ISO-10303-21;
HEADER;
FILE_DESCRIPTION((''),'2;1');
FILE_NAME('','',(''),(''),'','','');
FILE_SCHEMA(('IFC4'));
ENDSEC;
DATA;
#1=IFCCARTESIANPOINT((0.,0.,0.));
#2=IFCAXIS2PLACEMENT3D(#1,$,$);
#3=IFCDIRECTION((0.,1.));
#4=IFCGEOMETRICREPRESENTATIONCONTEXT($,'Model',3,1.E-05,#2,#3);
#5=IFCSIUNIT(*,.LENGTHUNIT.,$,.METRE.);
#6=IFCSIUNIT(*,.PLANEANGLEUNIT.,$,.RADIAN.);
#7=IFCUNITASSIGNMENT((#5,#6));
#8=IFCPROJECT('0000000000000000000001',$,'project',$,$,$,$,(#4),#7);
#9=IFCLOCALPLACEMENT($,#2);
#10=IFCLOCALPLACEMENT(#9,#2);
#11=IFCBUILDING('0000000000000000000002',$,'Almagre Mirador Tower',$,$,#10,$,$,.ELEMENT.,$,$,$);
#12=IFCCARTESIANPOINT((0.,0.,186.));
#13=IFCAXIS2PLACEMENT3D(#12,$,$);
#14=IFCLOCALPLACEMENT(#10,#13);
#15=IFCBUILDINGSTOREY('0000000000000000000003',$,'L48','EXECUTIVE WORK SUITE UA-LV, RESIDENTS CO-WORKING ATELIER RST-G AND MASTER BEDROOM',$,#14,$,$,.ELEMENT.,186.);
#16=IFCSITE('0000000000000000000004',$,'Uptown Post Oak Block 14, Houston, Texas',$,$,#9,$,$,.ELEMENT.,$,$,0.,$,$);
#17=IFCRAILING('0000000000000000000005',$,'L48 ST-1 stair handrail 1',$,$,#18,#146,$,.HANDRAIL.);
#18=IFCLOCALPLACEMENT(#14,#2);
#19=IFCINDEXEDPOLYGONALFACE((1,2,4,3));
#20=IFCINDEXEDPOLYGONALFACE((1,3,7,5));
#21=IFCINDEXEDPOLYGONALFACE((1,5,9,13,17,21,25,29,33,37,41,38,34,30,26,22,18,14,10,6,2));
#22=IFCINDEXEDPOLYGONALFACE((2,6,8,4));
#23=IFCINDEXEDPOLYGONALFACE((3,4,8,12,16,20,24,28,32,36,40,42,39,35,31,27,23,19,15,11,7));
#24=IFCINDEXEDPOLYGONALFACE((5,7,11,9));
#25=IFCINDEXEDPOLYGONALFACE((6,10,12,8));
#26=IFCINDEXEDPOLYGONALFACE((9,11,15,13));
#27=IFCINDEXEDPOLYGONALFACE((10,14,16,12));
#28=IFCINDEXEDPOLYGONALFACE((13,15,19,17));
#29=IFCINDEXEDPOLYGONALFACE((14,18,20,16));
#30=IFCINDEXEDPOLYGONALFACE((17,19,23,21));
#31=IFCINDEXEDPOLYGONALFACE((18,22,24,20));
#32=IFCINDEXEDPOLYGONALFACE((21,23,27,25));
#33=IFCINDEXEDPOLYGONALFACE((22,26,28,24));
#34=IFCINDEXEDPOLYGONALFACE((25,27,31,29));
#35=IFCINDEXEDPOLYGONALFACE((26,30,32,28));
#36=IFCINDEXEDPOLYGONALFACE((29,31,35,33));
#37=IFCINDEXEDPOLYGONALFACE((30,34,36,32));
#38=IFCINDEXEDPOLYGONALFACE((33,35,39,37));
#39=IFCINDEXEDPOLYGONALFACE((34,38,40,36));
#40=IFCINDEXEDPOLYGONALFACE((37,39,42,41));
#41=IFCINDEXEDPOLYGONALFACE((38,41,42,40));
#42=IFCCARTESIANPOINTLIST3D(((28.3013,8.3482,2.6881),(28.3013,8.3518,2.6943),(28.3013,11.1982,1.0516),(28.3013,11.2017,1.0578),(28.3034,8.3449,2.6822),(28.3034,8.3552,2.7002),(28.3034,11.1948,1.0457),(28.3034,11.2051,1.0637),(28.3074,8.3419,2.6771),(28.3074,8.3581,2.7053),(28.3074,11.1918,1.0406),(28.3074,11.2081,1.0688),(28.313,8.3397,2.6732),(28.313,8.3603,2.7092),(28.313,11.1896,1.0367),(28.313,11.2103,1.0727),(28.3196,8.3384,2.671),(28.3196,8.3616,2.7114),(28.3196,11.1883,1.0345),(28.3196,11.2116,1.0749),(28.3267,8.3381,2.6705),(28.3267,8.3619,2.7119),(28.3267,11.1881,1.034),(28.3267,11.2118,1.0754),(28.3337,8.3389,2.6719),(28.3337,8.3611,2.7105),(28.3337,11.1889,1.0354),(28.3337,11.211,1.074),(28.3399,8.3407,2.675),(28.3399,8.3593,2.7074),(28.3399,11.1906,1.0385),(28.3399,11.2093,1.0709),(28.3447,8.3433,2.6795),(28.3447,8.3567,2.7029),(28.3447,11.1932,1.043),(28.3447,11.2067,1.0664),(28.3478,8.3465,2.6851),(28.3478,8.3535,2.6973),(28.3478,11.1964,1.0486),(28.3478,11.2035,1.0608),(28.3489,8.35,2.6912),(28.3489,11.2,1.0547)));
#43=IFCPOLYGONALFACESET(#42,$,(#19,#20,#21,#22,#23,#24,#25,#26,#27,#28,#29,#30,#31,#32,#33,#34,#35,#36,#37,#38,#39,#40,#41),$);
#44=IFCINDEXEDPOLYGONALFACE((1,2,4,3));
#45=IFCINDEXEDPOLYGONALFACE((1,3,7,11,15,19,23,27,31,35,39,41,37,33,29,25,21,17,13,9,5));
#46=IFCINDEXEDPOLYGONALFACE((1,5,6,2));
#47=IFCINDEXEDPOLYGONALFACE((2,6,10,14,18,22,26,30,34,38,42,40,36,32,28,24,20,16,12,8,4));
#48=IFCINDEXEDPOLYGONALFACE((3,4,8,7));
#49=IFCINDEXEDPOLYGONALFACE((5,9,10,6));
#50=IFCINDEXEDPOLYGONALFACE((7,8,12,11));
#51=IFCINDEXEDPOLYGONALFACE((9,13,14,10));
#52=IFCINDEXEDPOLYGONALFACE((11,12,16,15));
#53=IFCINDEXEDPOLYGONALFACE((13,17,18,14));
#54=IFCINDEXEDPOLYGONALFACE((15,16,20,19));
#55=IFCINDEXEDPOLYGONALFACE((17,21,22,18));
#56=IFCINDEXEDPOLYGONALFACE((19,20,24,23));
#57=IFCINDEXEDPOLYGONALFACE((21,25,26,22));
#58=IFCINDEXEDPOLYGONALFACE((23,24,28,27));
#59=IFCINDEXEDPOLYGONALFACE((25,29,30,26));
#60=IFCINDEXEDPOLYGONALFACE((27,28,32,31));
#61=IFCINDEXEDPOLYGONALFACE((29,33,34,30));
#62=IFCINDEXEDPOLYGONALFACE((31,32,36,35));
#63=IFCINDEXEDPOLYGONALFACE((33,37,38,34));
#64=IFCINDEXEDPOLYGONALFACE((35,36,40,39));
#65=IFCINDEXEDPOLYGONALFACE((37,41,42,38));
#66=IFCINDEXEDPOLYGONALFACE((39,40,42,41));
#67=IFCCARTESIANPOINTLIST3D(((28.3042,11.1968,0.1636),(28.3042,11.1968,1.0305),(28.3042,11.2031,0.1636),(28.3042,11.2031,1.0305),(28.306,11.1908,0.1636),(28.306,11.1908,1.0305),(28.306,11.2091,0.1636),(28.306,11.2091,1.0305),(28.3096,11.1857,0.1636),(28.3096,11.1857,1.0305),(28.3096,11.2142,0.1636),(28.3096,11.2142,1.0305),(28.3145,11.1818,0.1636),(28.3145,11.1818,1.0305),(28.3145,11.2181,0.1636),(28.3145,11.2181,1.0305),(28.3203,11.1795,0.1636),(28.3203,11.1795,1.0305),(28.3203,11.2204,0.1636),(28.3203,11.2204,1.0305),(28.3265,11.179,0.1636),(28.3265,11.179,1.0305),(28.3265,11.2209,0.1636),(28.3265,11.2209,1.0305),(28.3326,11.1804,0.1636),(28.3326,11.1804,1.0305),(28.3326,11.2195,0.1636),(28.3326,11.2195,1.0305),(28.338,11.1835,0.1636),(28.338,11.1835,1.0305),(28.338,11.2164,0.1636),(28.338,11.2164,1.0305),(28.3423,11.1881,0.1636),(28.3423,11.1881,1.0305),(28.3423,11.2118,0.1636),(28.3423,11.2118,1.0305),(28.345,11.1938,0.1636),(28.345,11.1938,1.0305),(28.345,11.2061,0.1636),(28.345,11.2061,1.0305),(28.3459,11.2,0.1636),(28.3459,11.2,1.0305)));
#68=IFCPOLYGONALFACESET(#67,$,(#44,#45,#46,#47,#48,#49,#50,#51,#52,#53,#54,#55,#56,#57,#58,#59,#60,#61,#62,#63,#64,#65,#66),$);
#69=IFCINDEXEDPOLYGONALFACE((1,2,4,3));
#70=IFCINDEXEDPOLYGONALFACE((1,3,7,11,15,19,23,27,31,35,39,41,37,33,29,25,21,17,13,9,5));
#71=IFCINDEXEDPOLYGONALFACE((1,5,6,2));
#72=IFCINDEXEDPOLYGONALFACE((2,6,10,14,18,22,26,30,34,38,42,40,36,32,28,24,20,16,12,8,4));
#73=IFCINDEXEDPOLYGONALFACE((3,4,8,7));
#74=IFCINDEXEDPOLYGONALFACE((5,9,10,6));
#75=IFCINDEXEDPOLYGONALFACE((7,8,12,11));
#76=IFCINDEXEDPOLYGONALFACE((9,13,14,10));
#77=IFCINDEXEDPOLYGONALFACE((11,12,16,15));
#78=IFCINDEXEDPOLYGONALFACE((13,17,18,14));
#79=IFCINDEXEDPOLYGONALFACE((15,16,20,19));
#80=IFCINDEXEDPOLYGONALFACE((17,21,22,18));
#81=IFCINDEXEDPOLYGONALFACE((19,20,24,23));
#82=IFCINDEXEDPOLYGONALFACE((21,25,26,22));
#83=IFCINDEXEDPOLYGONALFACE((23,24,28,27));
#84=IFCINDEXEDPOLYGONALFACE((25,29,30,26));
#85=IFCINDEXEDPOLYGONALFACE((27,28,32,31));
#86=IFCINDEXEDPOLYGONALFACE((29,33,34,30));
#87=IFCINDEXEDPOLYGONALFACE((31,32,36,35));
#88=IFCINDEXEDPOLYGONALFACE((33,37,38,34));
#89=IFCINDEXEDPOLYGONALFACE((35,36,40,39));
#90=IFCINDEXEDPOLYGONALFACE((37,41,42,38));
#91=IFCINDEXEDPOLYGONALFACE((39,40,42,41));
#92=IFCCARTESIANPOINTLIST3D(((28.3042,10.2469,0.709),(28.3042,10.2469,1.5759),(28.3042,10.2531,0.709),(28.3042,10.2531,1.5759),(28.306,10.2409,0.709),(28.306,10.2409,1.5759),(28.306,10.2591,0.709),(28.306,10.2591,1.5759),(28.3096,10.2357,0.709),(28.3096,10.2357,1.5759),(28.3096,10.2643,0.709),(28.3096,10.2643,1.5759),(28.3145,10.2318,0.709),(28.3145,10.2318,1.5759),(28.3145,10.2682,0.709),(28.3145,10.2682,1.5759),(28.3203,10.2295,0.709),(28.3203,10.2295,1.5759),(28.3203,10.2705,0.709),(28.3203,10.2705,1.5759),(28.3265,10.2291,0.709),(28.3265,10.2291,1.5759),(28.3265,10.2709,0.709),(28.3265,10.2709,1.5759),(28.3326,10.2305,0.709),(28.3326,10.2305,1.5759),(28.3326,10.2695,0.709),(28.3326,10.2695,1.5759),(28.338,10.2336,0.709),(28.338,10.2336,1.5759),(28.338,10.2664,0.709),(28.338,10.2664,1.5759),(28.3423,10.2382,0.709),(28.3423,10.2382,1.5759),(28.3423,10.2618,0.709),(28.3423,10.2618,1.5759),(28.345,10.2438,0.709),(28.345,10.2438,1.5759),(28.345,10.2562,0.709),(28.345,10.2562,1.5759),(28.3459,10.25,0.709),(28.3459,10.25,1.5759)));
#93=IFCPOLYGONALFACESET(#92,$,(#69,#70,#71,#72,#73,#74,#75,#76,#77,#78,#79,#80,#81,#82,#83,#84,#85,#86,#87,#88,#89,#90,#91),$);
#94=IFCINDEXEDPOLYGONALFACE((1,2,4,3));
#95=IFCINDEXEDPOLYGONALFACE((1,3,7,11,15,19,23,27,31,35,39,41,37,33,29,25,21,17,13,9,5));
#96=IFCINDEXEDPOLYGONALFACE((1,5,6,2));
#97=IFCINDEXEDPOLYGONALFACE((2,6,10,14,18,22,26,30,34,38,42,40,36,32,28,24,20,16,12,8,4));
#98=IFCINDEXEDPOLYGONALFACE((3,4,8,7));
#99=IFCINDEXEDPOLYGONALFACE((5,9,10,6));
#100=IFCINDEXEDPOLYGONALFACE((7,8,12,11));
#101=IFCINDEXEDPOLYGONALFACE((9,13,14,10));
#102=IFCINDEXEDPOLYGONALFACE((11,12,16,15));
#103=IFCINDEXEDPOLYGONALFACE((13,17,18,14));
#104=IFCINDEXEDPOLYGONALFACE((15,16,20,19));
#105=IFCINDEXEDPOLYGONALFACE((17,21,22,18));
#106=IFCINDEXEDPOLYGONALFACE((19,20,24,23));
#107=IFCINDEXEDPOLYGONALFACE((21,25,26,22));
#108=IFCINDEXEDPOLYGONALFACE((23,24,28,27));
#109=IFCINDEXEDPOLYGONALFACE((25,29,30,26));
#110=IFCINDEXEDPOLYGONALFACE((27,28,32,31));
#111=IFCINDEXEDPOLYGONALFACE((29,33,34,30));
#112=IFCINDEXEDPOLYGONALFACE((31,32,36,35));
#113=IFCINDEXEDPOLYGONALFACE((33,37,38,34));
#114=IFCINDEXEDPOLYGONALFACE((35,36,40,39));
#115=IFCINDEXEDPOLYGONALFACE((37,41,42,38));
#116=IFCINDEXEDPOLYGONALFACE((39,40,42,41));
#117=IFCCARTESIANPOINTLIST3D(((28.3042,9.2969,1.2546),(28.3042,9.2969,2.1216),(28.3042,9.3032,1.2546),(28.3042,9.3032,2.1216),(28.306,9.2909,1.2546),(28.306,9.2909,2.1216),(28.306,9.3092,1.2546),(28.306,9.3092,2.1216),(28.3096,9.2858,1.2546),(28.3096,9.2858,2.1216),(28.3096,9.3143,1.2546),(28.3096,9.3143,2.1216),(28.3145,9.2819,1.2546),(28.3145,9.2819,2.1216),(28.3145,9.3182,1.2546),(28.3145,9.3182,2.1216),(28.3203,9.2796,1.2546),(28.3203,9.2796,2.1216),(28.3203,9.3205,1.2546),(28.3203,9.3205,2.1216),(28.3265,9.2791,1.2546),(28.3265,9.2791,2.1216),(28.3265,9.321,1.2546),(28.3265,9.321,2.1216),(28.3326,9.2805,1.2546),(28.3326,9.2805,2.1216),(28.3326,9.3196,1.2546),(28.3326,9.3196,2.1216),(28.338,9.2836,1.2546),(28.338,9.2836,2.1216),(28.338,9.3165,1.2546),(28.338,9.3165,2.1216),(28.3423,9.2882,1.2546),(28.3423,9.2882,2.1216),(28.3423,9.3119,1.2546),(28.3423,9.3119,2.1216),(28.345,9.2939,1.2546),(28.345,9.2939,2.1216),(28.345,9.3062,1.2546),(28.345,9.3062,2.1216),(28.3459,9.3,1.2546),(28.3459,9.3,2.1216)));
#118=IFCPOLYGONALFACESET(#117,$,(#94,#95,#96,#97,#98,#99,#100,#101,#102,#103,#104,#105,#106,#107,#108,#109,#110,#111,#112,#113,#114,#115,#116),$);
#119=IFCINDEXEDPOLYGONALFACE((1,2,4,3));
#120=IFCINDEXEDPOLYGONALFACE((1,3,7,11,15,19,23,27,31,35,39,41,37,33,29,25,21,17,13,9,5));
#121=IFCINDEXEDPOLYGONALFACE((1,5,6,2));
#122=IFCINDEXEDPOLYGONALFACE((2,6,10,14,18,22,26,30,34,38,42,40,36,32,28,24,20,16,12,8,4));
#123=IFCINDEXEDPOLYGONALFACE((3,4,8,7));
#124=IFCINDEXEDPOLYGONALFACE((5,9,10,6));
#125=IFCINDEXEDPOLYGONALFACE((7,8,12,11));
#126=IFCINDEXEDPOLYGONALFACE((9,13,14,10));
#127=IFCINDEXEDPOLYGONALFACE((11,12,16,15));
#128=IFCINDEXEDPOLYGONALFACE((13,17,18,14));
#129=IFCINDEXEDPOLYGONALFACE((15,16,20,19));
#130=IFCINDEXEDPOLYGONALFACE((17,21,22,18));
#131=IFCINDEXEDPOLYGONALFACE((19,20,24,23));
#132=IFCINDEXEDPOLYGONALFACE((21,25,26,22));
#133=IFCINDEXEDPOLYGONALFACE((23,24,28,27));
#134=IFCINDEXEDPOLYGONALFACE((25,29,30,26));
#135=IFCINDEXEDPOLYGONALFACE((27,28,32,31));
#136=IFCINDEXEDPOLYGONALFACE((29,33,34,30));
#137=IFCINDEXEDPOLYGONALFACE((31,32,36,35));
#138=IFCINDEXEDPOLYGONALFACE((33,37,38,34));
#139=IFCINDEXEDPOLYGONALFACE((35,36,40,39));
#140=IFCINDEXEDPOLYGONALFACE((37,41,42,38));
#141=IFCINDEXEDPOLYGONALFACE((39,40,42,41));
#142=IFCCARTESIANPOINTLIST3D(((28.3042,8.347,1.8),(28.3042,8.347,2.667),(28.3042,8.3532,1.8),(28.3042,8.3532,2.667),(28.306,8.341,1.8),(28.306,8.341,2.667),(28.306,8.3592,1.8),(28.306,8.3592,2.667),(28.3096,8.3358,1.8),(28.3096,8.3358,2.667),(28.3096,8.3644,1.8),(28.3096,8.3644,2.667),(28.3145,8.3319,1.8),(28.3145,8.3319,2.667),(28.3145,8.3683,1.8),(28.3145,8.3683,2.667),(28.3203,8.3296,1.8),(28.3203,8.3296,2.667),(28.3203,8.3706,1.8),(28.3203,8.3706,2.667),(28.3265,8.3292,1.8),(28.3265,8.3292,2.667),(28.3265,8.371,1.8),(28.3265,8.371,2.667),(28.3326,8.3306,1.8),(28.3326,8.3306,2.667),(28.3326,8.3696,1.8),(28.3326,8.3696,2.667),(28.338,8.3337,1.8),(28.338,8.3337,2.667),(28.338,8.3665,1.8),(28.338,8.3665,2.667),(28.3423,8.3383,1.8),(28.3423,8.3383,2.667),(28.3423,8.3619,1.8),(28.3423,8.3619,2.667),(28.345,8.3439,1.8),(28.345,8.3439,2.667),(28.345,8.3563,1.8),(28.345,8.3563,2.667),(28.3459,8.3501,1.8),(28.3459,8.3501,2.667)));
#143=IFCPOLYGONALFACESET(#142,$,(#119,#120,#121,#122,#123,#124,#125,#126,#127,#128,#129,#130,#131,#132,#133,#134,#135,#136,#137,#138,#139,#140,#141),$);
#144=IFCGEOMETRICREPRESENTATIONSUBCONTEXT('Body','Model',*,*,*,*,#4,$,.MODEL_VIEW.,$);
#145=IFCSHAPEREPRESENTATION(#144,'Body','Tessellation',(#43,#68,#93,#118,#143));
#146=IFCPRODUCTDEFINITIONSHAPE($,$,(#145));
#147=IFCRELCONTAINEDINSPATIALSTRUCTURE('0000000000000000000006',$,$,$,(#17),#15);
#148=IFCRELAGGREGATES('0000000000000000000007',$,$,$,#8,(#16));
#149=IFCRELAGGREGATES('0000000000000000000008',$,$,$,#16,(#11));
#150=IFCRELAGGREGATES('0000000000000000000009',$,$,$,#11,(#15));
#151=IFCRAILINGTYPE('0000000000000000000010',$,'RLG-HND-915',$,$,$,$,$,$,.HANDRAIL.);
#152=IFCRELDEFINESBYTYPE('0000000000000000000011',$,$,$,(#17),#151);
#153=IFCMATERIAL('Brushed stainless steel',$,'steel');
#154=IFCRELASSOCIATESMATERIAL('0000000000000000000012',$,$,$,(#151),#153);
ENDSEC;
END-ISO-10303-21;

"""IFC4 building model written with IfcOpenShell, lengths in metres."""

from ifc_helpers import new_model, si_unit, direction, frame, origin, origin_2d, place, context, subcontext, project, spatial, circle, extrude, material, type_object, element, save


model = new_model("IFC4")

# Units and contexts
model_context = context("Model", 3, precision=1e-05, world=origin(), true_north=direction((0.0, 1.0)))
body_context = subcontext(model_context, "Body", "Model", "MODEL_VIEW")
ifc_project = project(units=[si_unit("LENGTHUNIT", "METRE"), si_unit("PLANEANGLEUNIT", "RADIAN")], contexts=[model_context])

# Site, building, storey
site_placement = place(None, origin())
site = spatial("IfcSite", under=ifc_project, at=site_placement, Name="Uptown Post Oak Block 14, Houston, Texas", CompositionType="ELEMENT", RefElevation=0.0)
building_placement = place(site_placement, origin())
building = spatial("IfcBuilding", under=site, at=building_placement, Name="Almagre Mirador Tower", CompositionType="ELEMENT")
storey_placement = place(building_placement, frame((0.0, 0.0, 186.0)))
storey = spatial("IfcBuildingStorey", under=building, at=storey_placement, Name="L48", Description="EXECUTIVE WORK SUITE UA-LV, RESIDENTS CO-WORKING ATELIER RST-G AND MASTER BEDROOM", CompositionType="ELEMENT", Elevation=186.0)

# Railing
ifc_material_1 = material(Name="Brushed stainless steel", Category="steel")
railing_type_1 = type_object("IfcRailingType", Name="RLG-HND-915", PredefinedType="HANDRAIL", material=ifc_material_1)
railing_1_placement = place(storey_placement, frame((28.325, 11.2, 0.1636)))
element("IfcRailing", 1, at=railing_1_placement, inside=storey, type_object=railing_type_1, Name="L48 ST-1 stair handrail 1", PredefinedType="HANDRAIL", context=body_context, shape_type="SweptSolid", body=[
    extrude(circle(Radius=0.0239, at=origin_2d()), frame((0.0, 0.0, 0.8911), z_axis=(0.0, -0.867194, 0.49797), x_axis=(1.0, 0.0, 0.0)), (0.0, 0.0, 1.0), 3.2864),
    extrude(circle(Radius=0.021, at=origin_2d()), origin(), (0.0, 0.0, 1.0), 0.8669),
    extrude(circle(Radius=0.021, at=origin_2d()), frame((0.0, -0.95, 0.5454)), (0.0, 0.0, 1.0), 0.8669),
    extrude(circle(Radius=0.021, at=origin_2d()), frame((0.0, -1.8999, 1.0911)), (0.0, 0.0, 1.0), 0.8669),
    extrude(circle(Radius=0.021, at=origin_2d()), frame((0.0, -2.8499, 1.6365)), (0.0, 0.0, 1.0), 0.8669),
])

save(model, "model.ifc")
